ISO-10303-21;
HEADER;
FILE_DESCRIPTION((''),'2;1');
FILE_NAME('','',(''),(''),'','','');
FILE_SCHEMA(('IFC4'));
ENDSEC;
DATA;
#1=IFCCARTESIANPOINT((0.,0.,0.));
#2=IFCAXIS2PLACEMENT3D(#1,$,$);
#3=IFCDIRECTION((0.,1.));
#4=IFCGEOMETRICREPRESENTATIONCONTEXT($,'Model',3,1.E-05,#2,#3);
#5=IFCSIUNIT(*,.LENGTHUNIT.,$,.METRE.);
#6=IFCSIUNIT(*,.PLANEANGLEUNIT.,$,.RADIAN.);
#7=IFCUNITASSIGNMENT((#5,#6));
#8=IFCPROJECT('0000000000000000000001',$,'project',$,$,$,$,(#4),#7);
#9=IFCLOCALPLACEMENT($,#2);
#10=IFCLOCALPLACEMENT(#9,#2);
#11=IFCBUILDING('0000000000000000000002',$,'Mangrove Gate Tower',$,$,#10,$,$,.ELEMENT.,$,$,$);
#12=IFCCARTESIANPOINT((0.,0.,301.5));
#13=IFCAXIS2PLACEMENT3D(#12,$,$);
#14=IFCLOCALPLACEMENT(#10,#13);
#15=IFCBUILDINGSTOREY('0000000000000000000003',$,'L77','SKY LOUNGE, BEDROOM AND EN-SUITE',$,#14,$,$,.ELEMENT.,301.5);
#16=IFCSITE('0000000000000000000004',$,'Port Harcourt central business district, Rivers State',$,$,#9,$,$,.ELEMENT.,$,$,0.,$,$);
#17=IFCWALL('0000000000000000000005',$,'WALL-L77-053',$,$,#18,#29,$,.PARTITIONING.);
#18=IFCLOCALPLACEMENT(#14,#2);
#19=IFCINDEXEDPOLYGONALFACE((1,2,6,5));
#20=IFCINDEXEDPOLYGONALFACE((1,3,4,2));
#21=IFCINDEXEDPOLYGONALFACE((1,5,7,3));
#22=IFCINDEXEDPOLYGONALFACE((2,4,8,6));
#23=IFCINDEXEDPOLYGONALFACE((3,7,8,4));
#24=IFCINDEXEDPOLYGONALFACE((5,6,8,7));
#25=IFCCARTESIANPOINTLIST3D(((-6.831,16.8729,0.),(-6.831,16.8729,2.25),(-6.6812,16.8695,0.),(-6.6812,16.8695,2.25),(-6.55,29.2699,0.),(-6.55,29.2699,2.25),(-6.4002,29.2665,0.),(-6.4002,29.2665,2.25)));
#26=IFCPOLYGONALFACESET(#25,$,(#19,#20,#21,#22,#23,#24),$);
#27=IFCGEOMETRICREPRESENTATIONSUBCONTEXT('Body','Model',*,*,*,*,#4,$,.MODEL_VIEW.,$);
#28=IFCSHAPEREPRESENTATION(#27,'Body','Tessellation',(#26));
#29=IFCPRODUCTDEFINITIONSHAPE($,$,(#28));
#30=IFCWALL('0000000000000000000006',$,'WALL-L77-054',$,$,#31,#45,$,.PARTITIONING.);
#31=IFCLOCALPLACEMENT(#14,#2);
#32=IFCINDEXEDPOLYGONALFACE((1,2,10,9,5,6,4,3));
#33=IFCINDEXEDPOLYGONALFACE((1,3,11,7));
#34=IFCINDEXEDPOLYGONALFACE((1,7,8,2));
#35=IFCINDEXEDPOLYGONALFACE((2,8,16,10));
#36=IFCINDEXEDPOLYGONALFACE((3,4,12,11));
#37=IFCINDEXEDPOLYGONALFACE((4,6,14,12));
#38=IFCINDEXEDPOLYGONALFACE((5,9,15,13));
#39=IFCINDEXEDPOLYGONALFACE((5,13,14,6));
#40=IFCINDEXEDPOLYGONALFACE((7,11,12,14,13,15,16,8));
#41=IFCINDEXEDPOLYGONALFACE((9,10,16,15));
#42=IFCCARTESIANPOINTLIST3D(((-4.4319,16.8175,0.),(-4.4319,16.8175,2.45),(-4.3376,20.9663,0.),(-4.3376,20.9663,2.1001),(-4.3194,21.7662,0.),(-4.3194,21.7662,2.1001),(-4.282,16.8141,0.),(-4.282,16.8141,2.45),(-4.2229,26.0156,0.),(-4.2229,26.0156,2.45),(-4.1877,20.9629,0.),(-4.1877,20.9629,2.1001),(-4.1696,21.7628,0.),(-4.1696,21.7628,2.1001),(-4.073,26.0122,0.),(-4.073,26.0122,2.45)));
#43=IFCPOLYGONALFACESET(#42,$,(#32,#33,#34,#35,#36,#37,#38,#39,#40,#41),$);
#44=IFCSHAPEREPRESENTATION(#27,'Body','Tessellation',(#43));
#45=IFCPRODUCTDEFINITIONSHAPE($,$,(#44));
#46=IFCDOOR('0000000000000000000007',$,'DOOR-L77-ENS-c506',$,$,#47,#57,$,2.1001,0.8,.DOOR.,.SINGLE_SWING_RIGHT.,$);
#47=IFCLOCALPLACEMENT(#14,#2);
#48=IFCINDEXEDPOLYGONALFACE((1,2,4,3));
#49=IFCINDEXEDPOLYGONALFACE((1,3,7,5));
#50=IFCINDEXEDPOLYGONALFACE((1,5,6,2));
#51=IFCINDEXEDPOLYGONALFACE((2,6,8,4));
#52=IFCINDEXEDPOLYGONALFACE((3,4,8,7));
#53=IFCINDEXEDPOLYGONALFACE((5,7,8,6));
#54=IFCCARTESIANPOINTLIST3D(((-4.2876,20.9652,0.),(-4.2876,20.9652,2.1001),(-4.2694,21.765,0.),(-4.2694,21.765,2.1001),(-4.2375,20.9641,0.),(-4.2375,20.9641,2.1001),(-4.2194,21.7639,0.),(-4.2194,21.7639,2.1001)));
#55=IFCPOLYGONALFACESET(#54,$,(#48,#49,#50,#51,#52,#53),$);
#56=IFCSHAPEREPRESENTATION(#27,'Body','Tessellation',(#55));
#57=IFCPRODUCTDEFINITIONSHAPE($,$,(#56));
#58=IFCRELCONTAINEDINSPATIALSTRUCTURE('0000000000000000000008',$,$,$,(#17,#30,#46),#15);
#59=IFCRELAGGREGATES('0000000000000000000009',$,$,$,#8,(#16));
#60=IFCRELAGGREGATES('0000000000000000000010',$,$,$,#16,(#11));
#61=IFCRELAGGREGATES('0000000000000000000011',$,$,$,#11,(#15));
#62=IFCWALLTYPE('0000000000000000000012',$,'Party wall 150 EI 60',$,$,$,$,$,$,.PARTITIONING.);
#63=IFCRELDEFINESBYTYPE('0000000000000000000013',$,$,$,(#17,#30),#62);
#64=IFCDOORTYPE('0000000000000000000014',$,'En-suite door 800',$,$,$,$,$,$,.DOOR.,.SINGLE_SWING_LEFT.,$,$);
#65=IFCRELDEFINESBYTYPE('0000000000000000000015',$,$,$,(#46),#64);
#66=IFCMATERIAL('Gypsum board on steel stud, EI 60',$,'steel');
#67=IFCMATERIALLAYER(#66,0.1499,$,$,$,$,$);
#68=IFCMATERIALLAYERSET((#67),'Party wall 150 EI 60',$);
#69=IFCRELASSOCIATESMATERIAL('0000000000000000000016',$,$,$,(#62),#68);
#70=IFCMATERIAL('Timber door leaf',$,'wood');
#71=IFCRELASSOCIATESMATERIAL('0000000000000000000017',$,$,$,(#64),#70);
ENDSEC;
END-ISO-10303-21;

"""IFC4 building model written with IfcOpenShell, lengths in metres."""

from ifc_helpers import new_model, si_unit, direction, frame, frame_2d, origin, place, context, subcontext, project, spatial, rectangle, extrude, material, layer, layer_set, type_object, element, fill, save


model = new_model("IFC4")

# Units and contexts
model_context = context("Model", 3, precision=1e-05, world=origin(), true_north=direction((0.0, 1.0)))
body_context = subcontext(model_context, "Body", "Model", "MODEL_VIEW")
ifc_project = project(units=[si_unit("LENGTHUNIT", "METRE"), si_unit("PLANEANGLEUNIT", "RADIAN")], contexts=[model_context])

# Site, building, storey
site_placement = place(None, origin())
site = spatial("IfcSite", under=ifc_project, at=site_placement, Name="Port Harcourt central business district, Rivers State", CompositionType="ELEMENT", RefElevation=0.0)
building_placement = place(site_placement, origin())
building = spatial("IfcBuilding", under=site, at=building_placement, Name="Mangrove Gate Tower", CompositionType="ELEMENT")
storey_placement = place(building_placement, frame((0.0, 0.0, 301.5)))
storey = spatial("IfcBuildingStorey", under=building, at=storey_placement, Name="L77", Description="SKY LOUNGE, BEDROOM AND EN-SUITE", CompositionType="ELEMENT", Elevation=301.5)

# Wall
ifc_material_1 = material(Name="Gypsum board on steel stud, EI 60", Category="steel")
ifc_layer_1 = layer(ifc_material_1, 0.1499)
ifc_layer_set_1 = layer_set([ifc_layer_1], Name="Party wall 150 EI 60")
wall_type_1 = type_object("IfcWallType", Name="Party wall 150 EI 60", PredefinedType="PARTITIONING", material=ifc_layer_set_1)
wall_1_placement = place(storey_placement, frame((-6.7561, 16.8711, 0.0), z_axis=(0.0, 0.0, 1.0), x_axis=(0.022661, 0.999743, 0.0)))
element("IfcWall", 1, at=wall_1_placement, inside=storey, type_object=wall_type_1, Name="WALL-L77-053", PredefinedType="PARTITIONING", context=body_context, shape_type="SweptSolid", body=[
    extrude(rectangle(XDim=12.4001, YDim=0.1499, at=frame_2d((6.2002, 0.0))), origin(), (0.0, 0.0, 1.0), 2.25),
])

# Wall, opening, door
wall_2_placement = place(storey_placement, frame((-4.3569, 16.8159, 0.0), z_axis=(0.0, 0.0, 1.0), x_axis=(0.022715, 0.999742, 0.0)))
wall_2 = element("IfcWall", 2, at=wall_2_placement, inside=storey, type_object=wall_type_1, Name="WALL-L77-054", PredefinedType="PARTITIONING", context=body_context, shape_type="SweptSolid", body=[
    extrude(rectangle(XDim=9.2004, YDim=0.1499, at=frame_2d((4.6001, 0.0))), origin(), (0.0, 0.0, 1.0), 2.45),
])
opening_1_placement = place(wall_2_placement, frame((4.1499, 0.0, 0.0)))
opening_1 = element("IfcOpeningElement", 3, at=opening_1_placement, cuts=wall_2, PredefinedType="OPENING", context=body_context, shape_type="SweptSolid", body=[
    extrude(rectangle(XDim=0.8, YDim=2.1001, at=frame_2d((0.3999, 1.05))), frame((0.0, 0.085, 0.0), z_axis=(0.0, -1.0, 0.0), x_axis=(1.0, 0.0, 0.0)), (0.0, 0.0, 1.0), 0.1699),
])
ifc_material_2 = material(Name="Timber door leaf", Category="wood")
door_type_1 = type_object("IfcDoorType", Name="En-suite door 800", OperationType="SINGLE_SWING_LEFT", PredefinedType="DOOR", material=ifc_material_2)
door_1_placement = place(opening_1_placement, origin())
door_1 = element("IfcDoor", 4, at=door_1_placement, inside=storey, type_object=door_type_1, Name="DOOR-L77-ENS-c506", OperationType="SINGLE_SWING_RIGHT", OverallHeight=2.1001, OverallWidth=0.8, PredefinedType="DOOR", context=body_context, shape_type="SweptSolid", body=[
    extrude(rectangle(XDim=0.8, YDim=2.1001, at=frame_2d((0.3999, 1.05))), frame((0.0, 0.0249, 0.0), z_axis=(0.0, -1.0, 0.0), x_axis=(1.0, 0.0, 0.0)), (0.0, 0.0, 1.0), 0.05),
])
fill(opening_1, door_1)

save(model, "model.ifc")
